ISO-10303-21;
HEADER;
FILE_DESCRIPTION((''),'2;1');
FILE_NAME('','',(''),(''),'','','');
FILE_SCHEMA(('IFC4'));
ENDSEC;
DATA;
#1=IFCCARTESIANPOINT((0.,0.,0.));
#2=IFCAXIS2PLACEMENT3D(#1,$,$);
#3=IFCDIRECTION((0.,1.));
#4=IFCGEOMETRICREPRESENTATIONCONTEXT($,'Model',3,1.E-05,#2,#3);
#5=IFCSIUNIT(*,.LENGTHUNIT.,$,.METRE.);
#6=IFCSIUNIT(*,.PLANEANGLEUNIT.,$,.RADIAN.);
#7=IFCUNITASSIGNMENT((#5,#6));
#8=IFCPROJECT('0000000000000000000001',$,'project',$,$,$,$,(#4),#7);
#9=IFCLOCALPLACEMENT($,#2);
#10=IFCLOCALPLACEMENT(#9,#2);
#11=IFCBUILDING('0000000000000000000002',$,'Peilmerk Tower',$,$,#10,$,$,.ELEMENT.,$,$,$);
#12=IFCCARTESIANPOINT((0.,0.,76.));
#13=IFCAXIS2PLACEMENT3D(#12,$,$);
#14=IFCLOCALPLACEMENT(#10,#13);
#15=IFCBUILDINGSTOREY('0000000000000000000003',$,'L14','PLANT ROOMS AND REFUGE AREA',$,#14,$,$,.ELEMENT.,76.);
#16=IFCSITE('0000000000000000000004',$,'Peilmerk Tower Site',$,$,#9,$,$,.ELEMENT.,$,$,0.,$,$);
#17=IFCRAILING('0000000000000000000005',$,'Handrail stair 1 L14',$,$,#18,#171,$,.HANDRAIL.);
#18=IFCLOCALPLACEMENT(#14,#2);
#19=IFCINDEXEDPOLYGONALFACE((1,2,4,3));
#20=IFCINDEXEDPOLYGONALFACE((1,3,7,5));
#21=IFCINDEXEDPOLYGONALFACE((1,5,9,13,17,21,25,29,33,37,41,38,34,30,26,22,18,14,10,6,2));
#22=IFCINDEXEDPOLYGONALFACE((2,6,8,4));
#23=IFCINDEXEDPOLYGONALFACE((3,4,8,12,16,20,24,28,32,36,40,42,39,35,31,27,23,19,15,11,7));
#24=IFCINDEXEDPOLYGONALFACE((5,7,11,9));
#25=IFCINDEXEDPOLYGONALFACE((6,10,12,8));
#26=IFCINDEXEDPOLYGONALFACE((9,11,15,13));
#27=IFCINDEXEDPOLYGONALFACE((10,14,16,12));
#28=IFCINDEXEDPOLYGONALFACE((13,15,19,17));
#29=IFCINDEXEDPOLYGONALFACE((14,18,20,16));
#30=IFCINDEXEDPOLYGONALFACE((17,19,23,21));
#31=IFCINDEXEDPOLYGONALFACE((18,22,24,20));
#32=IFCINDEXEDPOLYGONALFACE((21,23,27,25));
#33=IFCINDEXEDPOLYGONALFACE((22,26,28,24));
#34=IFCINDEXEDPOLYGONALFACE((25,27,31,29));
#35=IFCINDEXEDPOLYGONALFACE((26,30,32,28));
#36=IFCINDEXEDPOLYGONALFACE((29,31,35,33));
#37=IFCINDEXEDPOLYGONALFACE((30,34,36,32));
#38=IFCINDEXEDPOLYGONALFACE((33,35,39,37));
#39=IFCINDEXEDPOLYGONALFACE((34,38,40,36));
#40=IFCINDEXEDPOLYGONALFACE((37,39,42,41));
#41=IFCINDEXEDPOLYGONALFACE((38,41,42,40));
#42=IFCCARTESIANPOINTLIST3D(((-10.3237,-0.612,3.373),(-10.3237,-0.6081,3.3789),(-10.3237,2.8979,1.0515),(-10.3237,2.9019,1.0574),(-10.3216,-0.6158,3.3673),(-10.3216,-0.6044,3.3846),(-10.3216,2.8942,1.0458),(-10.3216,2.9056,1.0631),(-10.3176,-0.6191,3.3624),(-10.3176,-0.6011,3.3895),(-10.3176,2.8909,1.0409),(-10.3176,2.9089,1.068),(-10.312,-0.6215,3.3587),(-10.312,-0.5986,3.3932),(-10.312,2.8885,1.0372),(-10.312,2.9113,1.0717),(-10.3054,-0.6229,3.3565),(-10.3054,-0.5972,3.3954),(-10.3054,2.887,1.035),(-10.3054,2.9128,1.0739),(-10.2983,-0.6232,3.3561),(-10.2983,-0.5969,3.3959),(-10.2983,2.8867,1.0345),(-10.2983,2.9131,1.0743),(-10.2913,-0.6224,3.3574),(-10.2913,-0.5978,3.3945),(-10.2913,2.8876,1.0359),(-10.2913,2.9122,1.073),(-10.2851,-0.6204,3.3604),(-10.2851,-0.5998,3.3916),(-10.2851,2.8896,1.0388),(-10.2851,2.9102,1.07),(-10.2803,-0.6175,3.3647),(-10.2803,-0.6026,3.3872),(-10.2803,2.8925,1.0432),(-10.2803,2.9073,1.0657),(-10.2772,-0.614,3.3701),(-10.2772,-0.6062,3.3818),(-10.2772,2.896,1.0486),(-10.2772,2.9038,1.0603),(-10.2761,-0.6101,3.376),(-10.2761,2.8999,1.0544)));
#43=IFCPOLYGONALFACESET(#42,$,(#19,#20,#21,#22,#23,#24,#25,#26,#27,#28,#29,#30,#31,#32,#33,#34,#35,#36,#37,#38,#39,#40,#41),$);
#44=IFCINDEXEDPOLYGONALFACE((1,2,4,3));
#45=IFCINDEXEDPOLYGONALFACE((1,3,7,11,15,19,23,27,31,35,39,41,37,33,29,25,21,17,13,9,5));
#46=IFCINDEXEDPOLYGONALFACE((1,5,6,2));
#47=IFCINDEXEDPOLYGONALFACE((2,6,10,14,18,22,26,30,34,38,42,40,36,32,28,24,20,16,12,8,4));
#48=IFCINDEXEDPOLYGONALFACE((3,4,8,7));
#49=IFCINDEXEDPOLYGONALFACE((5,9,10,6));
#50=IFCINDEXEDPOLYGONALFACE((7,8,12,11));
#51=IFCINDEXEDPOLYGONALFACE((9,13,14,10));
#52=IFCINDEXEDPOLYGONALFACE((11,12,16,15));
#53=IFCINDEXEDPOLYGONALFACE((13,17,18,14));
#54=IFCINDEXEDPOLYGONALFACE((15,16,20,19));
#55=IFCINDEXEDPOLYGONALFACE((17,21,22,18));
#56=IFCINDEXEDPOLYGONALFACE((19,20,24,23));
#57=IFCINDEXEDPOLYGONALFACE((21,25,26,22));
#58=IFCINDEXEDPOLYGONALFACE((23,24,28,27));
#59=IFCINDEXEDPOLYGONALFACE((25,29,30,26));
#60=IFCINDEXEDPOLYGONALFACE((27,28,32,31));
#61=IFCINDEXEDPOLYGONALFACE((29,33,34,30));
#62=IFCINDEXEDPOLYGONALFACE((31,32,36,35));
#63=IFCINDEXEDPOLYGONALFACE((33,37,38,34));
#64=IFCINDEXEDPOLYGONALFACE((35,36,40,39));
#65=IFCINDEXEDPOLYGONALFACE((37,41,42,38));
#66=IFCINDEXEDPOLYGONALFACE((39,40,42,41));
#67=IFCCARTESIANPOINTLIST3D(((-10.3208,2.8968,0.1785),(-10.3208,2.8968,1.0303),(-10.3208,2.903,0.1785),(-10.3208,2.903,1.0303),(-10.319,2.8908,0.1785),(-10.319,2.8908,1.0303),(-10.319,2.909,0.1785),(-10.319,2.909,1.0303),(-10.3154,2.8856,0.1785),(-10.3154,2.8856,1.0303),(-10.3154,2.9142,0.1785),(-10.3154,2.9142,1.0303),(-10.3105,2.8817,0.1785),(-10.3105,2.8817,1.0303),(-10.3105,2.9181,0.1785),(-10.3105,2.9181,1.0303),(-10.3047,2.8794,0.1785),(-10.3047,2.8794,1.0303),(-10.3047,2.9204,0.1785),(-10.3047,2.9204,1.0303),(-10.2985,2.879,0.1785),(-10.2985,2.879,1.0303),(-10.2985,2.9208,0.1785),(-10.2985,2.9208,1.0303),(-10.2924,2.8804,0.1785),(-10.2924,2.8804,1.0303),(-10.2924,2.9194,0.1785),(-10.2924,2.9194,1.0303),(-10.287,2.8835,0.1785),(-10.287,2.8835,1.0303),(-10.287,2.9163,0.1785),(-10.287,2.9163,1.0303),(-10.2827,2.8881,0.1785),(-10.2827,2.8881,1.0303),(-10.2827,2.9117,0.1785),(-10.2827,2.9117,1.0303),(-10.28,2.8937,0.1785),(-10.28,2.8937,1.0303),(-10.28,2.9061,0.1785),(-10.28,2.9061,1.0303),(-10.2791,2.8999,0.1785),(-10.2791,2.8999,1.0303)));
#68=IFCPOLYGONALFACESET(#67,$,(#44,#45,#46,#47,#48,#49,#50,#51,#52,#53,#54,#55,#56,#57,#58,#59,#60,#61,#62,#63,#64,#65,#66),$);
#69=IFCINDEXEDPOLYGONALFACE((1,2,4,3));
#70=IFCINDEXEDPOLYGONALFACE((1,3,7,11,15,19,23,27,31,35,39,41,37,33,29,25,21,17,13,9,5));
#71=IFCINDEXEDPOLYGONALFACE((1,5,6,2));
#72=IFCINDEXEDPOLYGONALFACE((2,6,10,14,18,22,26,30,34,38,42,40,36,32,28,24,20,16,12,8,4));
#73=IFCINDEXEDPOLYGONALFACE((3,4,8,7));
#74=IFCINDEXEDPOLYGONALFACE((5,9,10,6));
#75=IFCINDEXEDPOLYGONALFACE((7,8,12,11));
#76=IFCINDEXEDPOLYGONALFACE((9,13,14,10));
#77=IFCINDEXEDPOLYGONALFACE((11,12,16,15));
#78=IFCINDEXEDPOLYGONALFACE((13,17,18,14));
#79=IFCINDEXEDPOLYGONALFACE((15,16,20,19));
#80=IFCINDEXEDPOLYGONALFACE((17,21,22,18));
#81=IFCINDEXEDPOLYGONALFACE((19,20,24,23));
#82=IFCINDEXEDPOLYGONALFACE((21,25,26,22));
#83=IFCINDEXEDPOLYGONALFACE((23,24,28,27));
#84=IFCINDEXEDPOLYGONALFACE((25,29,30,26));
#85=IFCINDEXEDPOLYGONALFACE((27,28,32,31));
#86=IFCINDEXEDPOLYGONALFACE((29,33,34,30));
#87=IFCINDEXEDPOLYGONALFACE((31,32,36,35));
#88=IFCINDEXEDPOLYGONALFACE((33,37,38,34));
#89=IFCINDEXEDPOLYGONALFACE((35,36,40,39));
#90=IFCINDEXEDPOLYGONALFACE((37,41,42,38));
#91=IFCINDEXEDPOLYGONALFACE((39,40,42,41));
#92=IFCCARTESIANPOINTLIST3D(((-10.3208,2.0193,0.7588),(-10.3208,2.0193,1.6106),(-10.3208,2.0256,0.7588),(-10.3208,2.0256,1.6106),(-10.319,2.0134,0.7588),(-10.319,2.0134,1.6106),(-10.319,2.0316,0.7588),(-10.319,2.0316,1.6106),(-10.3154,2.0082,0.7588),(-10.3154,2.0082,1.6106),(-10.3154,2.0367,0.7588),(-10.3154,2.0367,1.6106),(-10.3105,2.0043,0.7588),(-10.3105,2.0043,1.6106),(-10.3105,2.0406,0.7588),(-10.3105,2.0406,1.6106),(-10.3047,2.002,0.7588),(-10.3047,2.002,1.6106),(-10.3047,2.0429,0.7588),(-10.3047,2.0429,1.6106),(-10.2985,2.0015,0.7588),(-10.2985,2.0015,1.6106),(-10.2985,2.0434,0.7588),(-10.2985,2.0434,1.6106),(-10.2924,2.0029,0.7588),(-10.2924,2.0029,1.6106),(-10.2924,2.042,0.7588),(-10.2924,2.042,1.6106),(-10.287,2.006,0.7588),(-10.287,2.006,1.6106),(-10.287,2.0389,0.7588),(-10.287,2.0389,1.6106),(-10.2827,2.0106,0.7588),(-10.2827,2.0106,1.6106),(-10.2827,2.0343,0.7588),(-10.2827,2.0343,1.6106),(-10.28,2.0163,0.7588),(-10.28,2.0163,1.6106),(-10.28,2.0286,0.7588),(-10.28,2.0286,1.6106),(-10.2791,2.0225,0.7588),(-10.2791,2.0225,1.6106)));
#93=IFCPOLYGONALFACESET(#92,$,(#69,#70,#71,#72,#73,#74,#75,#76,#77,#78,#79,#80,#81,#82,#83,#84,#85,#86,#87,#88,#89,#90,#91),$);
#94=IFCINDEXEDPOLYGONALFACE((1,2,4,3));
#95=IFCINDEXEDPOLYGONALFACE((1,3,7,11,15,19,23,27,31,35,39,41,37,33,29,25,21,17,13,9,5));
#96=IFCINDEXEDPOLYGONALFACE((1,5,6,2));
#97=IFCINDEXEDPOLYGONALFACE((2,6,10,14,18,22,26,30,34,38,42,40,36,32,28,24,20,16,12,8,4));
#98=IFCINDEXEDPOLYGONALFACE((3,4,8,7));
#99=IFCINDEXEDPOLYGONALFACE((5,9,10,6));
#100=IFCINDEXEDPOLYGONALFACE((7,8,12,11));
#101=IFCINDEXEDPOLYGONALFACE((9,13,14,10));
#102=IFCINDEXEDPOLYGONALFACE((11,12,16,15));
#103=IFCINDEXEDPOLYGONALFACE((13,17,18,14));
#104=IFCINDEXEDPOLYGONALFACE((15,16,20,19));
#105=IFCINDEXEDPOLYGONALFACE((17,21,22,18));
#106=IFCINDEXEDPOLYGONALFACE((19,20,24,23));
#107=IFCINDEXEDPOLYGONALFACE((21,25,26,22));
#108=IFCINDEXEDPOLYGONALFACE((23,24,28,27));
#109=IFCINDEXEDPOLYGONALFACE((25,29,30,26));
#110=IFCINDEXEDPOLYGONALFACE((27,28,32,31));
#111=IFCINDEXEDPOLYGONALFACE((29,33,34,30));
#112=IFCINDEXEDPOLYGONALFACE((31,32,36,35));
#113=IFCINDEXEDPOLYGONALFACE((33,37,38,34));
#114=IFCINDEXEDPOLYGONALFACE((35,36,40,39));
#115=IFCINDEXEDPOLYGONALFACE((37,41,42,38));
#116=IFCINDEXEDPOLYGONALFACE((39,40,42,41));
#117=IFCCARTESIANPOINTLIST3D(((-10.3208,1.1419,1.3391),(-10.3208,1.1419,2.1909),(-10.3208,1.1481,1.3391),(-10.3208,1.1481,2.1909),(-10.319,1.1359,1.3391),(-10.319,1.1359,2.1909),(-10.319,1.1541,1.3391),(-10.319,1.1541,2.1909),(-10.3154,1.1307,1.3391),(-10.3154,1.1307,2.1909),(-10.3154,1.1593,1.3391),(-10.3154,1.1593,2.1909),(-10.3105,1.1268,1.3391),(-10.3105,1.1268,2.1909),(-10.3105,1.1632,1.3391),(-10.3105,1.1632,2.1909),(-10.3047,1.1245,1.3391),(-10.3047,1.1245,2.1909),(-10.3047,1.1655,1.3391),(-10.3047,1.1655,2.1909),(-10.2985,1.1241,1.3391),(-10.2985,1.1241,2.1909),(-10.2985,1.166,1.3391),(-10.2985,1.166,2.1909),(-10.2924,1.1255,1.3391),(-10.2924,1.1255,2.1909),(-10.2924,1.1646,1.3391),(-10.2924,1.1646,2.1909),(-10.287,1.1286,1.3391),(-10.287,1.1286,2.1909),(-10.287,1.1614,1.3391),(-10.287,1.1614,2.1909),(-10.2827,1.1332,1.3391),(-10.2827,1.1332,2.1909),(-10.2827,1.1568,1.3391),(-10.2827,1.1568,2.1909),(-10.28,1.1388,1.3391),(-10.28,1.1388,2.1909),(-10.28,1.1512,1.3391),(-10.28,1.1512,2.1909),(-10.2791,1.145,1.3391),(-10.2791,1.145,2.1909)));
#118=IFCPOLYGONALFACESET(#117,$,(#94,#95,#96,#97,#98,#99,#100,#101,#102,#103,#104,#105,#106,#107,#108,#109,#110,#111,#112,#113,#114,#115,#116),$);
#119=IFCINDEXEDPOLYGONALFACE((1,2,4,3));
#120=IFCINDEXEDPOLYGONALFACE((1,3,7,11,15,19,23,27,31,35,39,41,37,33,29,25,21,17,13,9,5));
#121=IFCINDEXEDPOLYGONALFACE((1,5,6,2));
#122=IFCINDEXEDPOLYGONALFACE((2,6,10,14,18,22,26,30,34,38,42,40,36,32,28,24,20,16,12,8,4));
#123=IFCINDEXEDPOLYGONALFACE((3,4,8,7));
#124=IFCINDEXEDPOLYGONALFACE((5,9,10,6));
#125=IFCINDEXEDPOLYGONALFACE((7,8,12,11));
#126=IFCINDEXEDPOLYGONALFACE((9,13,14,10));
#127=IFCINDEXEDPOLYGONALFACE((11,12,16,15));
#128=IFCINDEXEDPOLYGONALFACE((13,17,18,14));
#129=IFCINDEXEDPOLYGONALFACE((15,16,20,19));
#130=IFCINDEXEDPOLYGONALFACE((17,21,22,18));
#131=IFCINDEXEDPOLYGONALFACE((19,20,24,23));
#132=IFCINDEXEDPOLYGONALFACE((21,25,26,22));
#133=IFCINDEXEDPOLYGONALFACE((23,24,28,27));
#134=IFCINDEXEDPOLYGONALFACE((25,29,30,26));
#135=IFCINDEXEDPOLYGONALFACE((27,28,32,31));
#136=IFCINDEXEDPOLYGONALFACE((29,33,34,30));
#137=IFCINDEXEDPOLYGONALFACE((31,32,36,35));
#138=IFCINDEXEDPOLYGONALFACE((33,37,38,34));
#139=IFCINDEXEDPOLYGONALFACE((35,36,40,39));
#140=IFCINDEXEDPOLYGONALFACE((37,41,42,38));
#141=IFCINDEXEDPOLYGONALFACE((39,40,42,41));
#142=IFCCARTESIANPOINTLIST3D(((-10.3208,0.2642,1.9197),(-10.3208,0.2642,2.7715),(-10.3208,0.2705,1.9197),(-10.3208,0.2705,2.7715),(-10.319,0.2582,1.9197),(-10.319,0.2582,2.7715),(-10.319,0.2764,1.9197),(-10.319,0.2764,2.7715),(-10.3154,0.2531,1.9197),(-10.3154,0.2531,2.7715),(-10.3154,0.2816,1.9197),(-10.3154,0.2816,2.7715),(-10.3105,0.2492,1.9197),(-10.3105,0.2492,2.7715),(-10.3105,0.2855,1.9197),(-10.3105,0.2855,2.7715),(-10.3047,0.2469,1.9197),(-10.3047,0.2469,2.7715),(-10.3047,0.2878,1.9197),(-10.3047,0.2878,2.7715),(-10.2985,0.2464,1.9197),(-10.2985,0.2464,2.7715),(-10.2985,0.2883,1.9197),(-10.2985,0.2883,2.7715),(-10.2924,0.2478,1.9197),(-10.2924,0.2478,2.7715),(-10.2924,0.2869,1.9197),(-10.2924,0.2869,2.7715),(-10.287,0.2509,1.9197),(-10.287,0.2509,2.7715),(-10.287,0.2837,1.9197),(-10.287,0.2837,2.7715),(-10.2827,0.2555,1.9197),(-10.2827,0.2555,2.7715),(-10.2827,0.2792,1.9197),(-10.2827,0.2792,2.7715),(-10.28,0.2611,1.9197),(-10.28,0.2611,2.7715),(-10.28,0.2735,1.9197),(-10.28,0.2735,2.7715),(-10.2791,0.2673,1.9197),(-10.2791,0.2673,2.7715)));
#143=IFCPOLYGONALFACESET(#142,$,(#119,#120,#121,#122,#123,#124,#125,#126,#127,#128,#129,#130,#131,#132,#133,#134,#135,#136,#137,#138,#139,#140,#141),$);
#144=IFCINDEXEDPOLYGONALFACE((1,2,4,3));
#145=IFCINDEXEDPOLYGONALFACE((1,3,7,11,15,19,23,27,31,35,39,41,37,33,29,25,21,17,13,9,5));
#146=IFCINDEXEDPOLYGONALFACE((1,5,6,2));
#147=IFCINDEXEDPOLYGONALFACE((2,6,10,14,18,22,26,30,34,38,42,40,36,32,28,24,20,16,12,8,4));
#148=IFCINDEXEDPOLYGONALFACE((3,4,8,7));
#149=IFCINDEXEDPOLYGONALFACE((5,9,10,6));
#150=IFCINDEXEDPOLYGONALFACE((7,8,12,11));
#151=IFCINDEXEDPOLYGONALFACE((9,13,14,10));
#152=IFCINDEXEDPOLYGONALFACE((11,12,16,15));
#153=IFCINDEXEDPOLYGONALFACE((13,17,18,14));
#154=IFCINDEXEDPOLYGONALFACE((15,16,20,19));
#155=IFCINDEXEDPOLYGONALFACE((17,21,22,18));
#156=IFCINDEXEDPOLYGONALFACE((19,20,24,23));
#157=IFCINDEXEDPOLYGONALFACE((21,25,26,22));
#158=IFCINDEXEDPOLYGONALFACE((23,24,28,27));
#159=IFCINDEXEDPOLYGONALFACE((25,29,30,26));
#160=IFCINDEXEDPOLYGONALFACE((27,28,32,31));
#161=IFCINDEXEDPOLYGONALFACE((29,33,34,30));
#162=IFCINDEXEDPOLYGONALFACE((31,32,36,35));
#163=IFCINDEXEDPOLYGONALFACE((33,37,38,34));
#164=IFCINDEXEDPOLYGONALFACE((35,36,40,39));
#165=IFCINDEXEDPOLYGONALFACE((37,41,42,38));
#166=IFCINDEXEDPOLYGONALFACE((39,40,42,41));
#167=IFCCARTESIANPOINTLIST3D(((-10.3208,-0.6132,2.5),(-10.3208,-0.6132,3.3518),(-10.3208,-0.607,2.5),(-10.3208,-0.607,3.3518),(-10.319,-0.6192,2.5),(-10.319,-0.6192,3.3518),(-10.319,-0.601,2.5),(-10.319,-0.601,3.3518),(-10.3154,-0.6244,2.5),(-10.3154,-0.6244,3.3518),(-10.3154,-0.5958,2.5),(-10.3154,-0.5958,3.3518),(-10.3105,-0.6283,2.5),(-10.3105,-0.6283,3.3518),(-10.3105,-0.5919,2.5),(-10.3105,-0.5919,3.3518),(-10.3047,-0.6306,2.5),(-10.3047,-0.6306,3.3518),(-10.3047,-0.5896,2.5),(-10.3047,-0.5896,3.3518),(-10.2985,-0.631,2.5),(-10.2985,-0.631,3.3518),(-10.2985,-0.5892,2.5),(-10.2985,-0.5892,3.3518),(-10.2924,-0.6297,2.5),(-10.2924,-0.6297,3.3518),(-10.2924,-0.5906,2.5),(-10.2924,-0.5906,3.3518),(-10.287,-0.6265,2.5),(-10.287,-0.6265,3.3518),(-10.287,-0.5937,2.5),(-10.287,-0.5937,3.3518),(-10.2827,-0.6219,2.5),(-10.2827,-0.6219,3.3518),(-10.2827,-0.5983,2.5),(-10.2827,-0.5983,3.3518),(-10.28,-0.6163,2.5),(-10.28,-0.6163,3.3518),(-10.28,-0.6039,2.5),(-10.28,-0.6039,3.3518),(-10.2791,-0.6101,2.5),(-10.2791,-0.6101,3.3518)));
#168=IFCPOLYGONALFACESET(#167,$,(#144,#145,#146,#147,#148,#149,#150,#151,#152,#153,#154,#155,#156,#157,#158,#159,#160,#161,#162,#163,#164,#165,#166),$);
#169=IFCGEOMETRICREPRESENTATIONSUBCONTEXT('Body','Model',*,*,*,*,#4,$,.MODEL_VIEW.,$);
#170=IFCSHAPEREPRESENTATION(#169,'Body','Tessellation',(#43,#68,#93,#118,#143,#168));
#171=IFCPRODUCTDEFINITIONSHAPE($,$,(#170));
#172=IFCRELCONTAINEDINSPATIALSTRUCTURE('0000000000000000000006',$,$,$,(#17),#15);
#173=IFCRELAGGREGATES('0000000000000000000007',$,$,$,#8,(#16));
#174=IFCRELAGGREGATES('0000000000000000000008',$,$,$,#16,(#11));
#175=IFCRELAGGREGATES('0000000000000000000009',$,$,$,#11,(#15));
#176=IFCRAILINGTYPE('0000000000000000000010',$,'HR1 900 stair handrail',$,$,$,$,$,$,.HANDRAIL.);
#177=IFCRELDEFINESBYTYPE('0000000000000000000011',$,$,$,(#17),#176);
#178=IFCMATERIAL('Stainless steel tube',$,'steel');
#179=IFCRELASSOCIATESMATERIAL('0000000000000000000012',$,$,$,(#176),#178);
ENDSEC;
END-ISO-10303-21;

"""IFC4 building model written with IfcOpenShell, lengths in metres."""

from ifc_helpers import new_model, si_unit, direction, frame, origin, origin_2d, place, context, subcontext, project, spatial, circle, extrude, material, type_object, element, save


model = new_model("IFC4")

# Units and contexts
model_context = context("Model", 3, precision=1e-05, world=origin(), true_north=direction((0.0, 1.0)))
body_context = subcontext(model_context, "Body", "Model", "MODEL_VIEW")
ifc_project = project(units=[si_unit("LENGTHUNIT", "METRE"), si_unit("PLANEANGLEUNIT", "RADIAN")], contexts=[model_context])

# Site, building, storey
site_placement = place(None, origin())
site = spatial("IfcSite", under=ifc_project, at=site_placement, Name="Peilmerk Tower Site", CompositionType="ELEMENT", RefElevation=0.0)
building_placement = place(site_placement, origin())
building = spatial("IfcBuilding", under=site, at=building_placement, Name="Peilmerk Tower", CompositionType="ELEMENT")
storey_placement = place(building_placement, frame((0.0, 0.0, 76.0)))
storey = spatial("IfcBuildingStorey", under=building, at=storey_placement, Name="L14", Description="PLANT ROOMS AND REFUGE AREA", CompositionType="ELEMENT", Elevation=76.0)

# Railing
ifc_material_1 = material(Name="Stainless steel tube", Category="steel")
railing_type_1 = type_object("IfcRailingType", Name="HR1 900 stair handrail", PredefinedType="HANDRAIL", material=ifc_material_1)
railing_1_placement = place(storey_placement, frame((-10.3, 2.8999, 0.1785)))
element("IfcRailing", 1, at=railing_1_placement, inside=storey, type_object=railing_type_1, Name="Handrail stair 1 L14", PredefinedType="HANDRAIL", context=body_context, shape_type="SweptSolid", body=[
    extrude(circle(Radius=0.0239, at=origin_2d()), frame((0.0, 0.0, 0.876), z_axis=(0.0, -0.834071, 0.551657), x_axis=(1.0, 0.0, 0.0)), (0.0, 0.0, 1.0), 4.2083),
    extrude(circle(Radius=0.021, at=origin_2d()), origin(), (0.0, 0.0, 1.0), 0.8518),
    extrude(circle(Radius=0.021, at=origin_2d()), frame((0.0, -0.8774, 0.5803)), (0.0, 0.0, 1.0), 0.8518),
    extrude(circle(Radius=0.021, at=origin_2d()), frame((0.0, -1.7549, 1.1606)), (0.0, 0.0, 1.0), 0.8518),
    extrude(circle(Radius=0.021, at=origin_2d()), frame((0.0, -2.6326, 1.7412)), (0.0, 0.0, 1.0), 0.8518),
    extrude(circle(Radius=0.021, at=origin_2d()), frame((0.0, -3.51, 2.3215)), (0.0, 0.0, 1.0), 0.8518),
])

save(model, "model.ifc")
